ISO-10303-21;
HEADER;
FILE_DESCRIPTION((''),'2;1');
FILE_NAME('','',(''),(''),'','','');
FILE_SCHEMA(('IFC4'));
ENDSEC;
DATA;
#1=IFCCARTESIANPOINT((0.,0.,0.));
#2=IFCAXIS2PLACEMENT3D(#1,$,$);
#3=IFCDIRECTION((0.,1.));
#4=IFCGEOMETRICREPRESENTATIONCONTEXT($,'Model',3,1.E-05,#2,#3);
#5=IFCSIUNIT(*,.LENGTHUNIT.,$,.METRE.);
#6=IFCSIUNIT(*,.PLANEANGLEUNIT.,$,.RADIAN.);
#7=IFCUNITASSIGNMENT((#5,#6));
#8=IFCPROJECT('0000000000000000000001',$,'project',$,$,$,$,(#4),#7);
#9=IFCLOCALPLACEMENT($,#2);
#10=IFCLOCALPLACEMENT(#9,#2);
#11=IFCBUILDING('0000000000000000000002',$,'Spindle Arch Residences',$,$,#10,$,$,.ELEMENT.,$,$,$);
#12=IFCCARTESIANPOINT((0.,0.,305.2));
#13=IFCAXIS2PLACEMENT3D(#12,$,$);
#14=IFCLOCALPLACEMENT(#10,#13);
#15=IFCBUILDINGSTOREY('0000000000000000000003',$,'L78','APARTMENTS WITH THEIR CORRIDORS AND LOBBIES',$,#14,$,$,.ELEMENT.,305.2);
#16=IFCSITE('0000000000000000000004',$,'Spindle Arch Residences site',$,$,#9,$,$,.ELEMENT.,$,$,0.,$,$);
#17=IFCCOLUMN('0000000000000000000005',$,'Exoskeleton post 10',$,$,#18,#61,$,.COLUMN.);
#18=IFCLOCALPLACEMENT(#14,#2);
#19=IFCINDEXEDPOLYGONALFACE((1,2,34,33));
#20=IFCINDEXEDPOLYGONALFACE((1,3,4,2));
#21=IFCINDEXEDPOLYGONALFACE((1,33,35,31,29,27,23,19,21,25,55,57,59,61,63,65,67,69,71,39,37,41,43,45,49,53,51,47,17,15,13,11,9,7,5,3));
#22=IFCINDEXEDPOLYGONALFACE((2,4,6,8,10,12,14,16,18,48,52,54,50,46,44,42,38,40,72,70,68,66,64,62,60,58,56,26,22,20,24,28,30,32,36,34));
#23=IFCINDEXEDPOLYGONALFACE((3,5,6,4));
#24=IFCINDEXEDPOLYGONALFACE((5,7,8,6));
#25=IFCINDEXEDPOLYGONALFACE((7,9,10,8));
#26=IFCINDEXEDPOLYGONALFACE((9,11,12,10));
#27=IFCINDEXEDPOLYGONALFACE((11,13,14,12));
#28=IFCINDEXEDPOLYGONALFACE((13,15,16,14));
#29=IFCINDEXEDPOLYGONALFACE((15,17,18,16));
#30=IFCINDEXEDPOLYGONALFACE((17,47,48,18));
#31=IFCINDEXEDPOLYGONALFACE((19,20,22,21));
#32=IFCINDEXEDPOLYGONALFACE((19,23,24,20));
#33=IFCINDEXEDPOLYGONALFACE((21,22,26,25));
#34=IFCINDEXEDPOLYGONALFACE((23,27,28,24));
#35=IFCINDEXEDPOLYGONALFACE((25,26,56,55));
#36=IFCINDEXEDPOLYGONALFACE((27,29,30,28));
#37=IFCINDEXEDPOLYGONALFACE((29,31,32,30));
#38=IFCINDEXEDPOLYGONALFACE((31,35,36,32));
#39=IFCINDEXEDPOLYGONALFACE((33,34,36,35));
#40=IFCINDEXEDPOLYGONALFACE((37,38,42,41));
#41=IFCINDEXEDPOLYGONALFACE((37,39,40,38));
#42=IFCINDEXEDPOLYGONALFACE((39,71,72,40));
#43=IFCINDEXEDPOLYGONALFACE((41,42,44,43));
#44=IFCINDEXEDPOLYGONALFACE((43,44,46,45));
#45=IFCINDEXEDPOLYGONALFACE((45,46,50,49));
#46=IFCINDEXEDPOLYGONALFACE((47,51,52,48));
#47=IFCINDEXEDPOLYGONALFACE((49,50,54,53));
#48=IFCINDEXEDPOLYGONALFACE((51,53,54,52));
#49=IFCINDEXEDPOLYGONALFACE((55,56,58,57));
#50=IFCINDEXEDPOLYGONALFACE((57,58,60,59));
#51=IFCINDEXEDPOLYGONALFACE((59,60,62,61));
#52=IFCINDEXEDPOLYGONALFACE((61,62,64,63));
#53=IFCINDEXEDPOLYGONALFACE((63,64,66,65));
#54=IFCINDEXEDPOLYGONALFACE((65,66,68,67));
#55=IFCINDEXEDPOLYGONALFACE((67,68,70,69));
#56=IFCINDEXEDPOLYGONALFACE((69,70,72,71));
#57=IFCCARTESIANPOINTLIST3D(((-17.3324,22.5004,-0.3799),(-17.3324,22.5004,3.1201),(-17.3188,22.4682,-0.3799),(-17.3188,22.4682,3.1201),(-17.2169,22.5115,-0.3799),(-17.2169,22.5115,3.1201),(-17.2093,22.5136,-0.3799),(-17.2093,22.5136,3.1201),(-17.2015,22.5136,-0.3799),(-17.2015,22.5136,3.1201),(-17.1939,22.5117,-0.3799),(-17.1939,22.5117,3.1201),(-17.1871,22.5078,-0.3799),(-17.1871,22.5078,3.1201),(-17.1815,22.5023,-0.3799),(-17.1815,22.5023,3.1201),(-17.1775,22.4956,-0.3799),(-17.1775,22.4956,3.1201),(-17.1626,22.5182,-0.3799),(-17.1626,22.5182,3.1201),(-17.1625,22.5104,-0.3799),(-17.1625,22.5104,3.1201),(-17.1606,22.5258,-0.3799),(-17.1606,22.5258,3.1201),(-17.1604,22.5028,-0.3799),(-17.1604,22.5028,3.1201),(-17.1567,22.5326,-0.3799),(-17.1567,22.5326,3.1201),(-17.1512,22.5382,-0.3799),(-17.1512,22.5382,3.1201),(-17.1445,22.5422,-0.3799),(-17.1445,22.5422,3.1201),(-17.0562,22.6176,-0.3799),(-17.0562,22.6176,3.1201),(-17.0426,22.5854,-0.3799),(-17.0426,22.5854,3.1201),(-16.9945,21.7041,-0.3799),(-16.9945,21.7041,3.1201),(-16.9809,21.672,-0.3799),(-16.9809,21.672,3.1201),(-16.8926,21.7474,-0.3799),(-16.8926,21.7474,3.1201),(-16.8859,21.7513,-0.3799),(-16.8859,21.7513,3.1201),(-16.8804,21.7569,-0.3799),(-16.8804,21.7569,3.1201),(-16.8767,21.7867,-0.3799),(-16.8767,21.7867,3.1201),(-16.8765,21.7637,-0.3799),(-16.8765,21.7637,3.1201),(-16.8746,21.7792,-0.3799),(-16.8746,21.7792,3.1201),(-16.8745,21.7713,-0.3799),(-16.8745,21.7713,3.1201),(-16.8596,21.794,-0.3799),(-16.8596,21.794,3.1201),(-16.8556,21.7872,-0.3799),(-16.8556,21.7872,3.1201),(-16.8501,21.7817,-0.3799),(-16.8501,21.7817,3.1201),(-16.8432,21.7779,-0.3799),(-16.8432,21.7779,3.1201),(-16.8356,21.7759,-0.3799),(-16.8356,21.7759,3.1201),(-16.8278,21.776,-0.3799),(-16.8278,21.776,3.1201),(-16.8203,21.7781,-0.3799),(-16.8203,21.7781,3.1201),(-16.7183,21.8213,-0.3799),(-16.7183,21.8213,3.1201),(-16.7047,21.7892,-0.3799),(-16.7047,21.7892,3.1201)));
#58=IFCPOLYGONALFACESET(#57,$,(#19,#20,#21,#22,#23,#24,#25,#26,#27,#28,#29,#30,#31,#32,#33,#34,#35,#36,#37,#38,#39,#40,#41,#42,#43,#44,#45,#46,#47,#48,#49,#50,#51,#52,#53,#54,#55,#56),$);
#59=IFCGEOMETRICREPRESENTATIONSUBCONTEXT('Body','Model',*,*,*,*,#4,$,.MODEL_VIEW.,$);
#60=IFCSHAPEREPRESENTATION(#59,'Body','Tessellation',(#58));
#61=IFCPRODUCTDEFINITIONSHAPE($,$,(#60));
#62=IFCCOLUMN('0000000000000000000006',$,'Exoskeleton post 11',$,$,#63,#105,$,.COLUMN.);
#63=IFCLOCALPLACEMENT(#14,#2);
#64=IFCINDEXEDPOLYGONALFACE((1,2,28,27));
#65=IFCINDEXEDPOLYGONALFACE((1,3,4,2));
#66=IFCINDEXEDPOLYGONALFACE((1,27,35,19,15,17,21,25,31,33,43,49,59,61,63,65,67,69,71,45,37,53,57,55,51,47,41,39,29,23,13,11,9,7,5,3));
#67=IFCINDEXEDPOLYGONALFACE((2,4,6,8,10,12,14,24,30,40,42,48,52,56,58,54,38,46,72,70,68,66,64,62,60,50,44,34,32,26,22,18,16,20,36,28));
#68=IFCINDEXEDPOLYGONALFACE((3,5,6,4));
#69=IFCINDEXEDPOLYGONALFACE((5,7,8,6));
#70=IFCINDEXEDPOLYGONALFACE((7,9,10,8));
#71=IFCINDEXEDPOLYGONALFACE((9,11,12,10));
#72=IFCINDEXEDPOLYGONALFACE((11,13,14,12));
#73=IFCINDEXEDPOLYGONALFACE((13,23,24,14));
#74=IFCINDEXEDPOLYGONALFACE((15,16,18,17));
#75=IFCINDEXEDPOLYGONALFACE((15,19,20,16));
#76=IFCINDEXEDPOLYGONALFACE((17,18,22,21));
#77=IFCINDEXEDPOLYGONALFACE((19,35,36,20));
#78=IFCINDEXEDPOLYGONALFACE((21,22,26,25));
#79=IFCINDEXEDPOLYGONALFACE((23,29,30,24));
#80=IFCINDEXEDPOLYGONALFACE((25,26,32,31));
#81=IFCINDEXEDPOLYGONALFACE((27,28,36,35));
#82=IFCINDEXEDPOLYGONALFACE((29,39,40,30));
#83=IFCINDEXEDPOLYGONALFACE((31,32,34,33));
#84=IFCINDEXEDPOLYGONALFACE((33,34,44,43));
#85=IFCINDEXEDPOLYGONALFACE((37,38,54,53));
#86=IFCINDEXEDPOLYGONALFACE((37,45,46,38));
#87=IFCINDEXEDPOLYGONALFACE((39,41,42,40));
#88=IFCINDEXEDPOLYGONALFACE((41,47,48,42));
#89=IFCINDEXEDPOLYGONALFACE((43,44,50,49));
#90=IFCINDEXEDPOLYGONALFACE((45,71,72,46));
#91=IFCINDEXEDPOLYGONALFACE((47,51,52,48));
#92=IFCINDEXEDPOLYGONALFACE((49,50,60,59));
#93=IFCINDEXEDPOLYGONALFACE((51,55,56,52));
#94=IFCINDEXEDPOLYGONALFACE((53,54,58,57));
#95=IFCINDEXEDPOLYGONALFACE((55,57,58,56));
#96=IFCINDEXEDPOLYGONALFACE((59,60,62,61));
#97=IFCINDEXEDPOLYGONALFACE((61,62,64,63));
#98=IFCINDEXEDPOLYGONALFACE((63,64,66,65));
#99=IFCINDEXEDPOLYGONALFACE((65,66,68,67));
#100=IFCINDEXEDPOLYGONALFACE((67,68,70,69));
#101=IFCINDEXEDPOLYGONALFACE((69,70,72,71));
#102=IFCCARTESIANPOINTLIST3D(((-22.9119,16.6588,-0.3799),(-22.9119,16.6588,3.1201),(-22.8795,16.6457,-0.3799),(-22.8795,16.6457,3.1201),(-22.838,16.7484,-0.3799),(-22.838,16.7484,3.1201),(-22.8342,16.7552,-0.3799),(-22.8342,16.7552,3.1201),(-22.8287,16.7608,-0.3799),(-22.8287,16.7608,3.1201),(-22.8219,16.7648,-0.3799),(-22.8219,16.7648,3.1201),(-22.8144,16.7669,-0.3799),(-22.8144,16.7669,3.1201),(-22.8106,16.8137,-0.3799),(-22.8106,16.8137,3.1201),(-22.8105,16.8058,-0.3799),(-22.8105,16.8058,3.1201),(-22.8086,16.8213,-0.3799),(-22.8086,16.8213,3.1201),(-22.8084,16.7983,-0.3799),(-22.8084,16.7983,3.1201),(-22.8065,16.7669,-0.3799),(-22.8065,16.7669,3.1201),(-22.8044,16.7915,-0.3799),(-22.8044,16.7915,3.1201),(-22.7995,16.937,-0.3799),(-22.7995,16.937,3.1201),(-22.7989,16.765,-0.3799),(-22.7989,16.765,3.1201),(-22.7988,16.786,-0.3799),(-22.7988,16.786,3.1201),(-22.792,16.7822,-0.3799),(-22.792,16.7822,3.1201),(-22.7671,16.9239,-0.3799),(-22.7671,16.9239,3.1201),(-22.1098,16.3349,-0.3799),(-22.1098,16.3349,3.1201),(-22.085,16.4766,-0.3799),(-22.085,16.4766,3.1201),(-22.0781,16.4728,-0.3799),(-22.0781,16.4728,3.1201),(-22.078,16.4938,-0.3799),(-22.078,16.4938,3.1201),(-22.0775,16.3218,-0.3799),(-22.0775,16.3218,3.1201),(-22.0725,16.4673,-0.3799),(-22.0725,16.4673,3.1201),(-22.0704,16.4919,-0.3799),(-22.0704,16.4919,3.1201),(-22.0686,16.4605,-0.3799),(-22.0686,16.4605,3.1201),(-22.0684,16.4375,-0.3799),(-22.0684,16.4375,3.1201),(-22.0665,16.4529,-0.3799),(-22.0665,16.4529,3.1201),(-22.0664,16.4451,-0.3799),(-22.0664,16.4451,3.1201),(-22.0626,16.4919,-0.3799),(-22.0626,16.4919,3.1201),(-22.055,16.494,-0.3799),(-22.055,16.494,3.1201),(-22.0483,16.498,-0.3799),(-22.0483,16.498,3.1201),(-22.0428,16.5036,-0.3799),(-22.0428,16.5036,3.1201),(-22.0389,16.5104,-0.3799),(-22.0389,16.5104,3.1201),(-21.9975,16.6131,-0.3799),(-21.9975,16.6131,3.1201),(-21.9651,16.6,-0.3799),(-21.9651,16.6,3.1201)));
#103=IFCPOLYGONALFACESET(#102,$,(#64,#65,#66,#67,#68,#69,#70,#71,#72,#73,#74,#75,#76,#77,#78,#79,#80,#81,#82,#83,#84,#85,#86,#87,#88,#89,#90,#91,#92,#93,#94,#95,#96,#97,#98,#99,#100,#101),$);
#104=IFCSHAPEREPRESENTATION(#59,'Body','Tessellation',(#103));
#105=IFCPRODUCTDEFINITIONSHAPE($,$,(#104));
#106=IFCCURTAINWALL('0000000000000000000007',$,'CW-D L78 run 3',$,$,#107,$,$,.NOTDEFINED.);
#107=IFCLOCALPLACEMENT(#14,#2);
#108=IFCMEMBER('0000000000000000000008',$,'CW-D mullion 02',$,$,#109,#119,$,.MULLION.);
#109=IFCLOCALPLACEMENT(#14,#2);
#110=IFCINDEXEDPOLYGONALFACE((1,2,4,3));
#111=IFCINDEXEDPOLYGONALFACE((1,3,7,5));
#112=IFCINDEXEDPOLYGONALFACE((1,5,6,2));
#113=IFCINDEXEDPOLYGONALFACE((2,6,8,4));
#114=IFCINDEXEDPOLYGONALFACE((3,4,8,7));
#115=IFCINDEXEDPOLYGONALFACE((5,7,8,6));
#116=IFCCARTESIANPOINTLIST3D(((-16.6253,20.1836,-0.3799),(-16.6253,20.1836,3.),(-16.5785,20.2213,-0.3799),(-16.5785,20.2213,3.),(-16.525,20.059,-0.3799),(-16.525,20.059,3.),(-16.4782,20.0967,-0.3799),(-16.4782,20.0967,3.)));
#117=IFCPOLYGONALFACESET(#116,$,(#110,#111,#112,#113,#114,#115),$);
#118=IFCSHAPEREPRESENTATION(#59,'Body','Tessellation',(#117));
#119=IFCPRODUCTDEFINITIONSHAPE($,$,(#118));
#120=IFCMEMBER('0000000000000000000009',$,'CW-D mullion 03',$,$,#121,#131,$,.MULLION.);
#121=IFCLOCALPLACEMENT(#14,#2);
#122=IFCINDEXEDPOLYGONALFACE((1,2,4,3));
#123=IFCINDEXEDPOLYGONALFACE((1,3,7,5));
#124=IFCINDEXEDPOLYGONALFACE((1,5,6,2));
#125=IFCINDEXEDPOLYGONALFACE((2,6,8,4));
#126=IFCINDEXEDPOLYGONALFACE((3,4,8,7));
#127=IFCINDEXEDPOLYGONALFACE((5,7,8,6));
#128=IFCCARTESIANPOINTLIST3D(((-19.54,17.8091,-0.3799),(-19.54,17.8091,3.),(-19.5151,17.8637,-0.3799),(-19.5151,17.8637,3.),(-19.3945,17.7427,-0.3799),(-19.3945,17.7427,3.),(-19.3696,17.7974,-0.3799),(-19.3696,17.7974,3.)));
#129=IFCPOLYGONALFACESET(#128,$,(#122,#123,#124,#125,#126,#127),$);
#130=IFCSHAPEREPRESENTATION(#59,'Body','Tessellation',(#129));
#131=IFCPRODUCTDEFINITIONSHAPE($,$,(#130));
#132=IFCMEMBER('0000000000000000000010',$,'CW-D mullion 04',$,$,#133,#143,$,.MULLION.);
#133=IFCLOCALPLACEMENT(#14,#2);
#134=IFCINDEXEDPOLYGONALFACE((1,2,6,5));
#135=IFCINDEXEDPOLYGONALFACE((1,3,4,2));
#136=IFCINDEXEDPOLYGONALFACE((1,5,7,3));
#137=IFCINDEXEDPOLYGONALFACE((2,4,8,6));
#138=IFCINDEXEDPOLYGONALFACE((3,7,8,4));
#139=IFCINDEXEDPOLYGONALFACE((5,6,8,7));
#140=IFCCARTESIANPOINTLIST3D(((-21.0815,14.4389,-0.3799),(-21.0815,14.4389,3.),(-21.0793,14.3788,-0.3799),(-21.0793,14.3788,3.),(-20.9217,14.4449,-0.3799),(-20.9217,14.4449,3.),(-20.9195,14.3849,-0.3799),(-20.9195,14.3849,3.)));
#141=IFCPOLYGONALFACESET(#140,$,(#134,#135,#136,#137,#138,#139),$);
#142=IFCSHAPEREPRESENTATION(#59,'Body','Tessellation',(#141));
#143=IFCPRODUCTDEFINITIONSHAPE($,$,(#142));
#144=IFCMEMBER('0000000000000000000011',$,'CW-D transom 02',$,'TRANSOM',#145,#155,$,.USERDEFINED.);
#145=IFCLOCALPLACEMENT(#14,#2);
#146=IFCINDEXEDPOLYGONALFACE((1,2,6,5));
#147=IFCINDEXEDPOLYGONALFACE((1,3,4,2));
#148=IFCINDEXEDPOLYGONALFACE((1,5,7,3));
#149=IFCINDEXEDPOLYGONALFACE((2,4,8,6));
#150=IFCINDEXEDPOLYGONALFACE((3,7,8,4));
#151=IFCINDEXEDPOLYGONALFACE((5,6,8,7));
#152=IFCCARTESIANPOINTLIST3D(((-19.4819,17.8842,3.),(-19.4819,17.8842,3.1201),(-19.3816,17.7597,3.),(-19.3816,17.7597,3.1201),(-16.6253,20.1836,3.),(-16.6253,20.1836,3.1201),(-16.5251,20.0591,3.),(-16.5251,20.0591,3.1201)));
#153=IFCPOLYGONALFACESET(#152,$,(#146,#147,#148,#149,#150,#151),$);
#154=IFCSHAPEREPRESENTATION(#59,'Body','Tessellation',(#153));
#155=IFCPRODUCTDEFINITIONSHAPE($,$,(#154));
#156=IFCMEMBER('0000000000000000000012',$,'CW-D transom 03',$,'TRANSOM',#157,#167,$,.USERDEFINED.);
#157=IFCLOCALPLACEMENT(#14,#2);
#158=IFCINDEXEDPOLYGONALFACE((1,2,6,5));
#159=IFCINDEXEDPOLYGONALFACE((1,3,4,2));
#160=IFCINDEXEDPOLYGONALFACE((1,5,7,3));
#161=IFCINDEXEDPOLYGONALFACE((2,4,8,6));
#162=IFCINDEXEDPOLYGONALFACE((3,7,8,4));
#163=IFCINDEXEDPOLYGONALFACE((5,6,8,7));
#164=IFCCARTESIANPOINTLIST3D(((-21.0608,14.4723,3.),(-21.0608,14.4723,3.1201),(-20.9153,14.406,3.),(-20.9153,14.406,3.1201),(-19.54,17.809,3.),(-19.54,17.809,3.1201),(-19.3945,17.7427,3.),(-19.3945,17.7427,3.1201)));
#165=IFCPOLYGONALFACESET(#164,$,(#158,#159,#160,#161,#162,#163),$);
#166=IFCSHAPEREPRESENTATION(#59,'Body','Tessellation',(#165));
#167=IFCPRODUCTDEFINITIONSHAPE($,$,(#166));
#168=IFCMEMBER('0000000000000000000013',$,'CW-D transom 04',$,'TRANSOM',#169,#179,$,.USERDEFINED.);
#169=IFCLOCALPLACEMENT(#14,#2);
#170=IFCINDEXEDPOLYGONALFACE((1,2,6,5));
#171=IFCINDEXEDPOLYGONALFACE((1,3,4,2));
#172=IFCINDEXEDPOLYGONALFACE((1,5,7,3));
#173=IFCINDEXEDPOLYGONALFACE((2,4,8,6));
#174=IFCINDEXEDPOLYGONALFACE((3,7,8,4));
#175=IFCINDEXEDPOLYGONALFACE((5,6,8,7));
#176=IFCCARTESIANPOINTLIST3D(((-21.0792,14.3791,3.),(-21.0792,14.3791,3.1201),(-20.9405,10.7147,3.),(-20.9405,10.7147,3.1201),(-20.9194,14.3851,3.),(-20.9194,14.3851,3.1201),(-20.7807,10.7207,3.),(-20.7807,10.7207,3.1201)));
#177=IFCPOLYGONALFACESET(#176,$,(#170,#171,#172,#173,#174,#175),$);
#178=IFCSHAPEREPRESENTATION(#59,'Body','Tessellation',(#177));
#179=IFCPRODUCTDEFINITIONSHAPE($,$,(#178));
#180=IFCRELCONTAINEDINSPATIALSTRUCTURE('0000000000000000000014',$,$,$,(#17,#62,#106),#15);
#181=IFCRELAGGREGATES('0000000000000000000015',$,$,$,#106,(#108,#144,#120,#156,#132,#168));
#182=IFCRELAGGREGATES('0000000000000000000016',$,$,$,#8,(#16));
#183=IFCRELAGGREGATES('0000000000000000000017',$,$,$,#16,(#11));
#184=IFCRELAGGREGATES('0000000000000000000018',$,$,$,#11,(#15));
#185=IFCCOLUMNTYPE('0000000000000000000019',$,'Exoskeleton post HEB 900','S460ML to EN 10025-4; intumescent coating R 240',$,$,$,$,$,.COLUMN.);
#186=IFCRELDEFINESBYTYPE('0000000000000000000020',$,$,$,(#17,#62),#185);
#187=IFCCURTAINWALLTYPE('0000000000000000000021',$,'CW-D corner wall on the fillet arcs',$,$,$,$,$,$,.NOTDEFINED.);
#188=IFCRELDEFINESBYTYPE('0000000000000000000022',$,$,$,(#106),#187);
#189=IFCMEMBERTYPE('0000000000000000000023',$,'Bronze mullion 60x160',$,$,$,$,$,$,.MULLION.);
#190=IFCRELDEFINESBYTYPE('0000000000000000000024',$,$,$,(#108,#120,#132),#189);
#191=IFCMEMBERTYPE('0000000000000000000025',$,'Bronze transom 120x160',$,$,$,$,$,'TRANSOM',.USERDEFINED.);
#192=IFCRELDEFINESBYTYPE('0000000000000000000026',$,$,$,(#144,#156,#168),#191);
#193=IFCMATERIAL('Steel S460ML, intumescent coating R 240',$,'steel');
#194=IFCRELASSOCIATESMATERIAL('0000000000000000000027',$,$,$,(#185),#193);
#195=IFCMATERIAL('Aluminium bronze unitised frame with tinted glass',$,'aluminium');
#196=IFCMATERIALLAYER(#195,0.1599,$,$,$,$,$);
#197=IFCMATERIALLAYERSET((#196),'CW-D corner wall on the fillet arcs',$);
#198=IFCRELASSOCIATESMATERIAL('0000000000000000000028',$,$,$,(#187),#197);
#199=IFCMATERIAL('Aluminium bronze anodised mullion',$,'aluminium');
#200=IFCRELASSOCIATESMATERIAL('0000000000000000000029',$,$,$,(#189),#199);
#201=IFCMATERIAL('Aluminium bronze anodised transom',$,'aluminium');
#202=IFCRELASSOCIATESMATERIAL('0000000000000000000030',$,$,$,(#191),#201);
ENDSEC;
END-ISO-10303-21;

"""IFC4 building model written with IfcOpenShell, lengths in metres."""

from ifc_helpers import new_model, si_unit, direction, frame, origin, origin_2d, place, context, subcontext, project, spatial, rectangle, i_section, extrude, material, layer, layer_set, material_profile, profile_set, type_object, element, aggregate, save


model = new_model("IFC4")

# Units and contexts
model_context = context("Model", 3, precision=1e-05, world=origin(), true_north=direction((0.0, 1.0)))
body_context = subcontext(model_context, "Body", "Model", "MODEL_VIEW")
ifc_project = project(units=[si_unit("LENGTHUNIT", "METRE"), si_unit("PLANEANGLEUNIT", "RADIAN")], contexts=[model_context])

# Site, building, storey
site_placement = place(None, origin())
site = spatial("IfcSite", under=ifc_project, at=site_placement, Name="Spindle Arch Residences site", CompositionType="ELEMENT", RefElevation=0.0)
building_placement = place(site_placement, origin())
building = spatial("IfcBuilding", under=site, at=building_placement, Name="Spindle Arch Residences", CompositionType="ELEMENT")
storey_placement = place(building_placement, frame((0.0, 0.0, 305.2)))
storey = spatial("IfcBuildingStorey", under=building, at=storey_placement, Name="L78", Description="APARTMENTS WITH THEIR CORRIDORS AND LOBBIES", CompositionType="ELEMENT", Elevation=305.2)

# Columns
ifc_material_1 = material(Name="Steel S460ML, intumescent coating R 240", Category="steel")
ifc_material_profile_1 = material_profile(ifc_material_1, i_section(OverallWidth=0.3, OverallDepth=0.8999, WebThickness=0.0186, FlangeThickness=0.0349, FilletRadius=0.03, at=origin_2d()), Name="HEB 900")
ifc_profile_set_1 = profile_set([ifc_material_profile_1], Name="Steel S460ML, intumescent coating R 240")
column_type = type_object("IfcColumnType", Name="Exoskeleton post HEB 900", Description="S460ML to EN 10025-4; intumescent coating R 240", PredefinedType="COLUMN", material=ifc_profile_set_1)
for number, where, z_axis, x_axis, name in (
    (1, (-17.0186, 22.1448, -0.3799), (0.0, 0.0, 1.0), (0.920554, 0.390614, 0.0), "Exoskeleton post 10"),
    (2, (-22.4385, 16.6294, -0.3799), (0.0, 0.0, 1.0), (0.374489, 0.927231, 0.0), "Exoskeleton post 11"),
):
    element("IfcColumn", number, at=place(storey_placement, frame(where, z_axis=z_axis, x_axis=x_axis)), inside=storey, type_object=column_type, Name=name, PredefinedType="COLUMN", context=body_context, shape_type="SweptSolid", body=[
        extrude(i_section(OverallWidth=0.3, OverallDepth=0.8999, WebThickness=0.0186, FlangeThickness=0.0349, FilletRadius=0.03, at=origin_2d()), origin(), (0.0, 0.0, 1.0), 3.5),
    ])

# Curtain wall, members
ifc_material_2 = material(Name="Aluminium bronze unitised frame with tinted glass", Category="aluminium")
ifc_layer_1 = layer(ifc_material_2, 0.1599)
ifc_layer_set_1 = layer_set([ifc_layer_1], Name="CW-D corner wall on the fillet arcs")
curtain_wall_type = type_object("IfcCurtainWallType", Name="CW-D corner wall on the fillet arcs", PredefinedType="NOTDEFINED", material=ifc_layer_set_1)
curtain_wall_placement = place(storey_placement, origin())
curtain_wall = element("IfcCurtainWall", 3, at=curtain_wall_placement, inside=storey, type_object=curtain_wall_type, Name="CW-D L78 run 3", PredefinedType="NOTDEFINED")
ifc_material_3 = material(Name="Aluminium bronze anodised mullion", Category="aluminium")
ifc_material_profile_2 = material_profile(ifc_material_3, rectangle(XDim=0.1599, YDim=0.0601, at=origin_2d()), Name="MU 60x160")
ifc_profile_set_2 = profile_set([ifc_material_profile_2], Name="Aluminium bronze anodised mullion")
member_type_1 = type_object("IfcMemberType", Name="Bronze mullion 60x160", PredefinedType="MULLION", material=ifc_profile_set_2)
member_1_placement = place(storey_placement, frame((-16.5518, 20.1401, -0.3799), z_axis=(0.0, 0.0, 1.0), x_axis=(0.627057, -0.778973, 0.0)))
member_1 = element("IfcMember", 4, at=member_1_placement, type_object=member_type_1, Name="CW-D mullion 02", PredefinedType="MULLION", context=body_context, shape_type="SweptSolid", body=[
    extrude(rectangle(XDim=0.1599, YDim=0.0601, at=origin_2d()), origin(), (0.0, 0.0, 1.0), 3.3799),
])
member_2_placement = place(storey_placement, frame((-19.4548, 17.8032, -0.3799), z_axis=(0.0, 0.0, 1.0), x_axis=(0.909961, -0.414693, 0.0)))
member_2 = element("IfcMember", 5, at=member_2_placement, type_object=member_type_1, Name="CW-D mullion 03", PredefinedType="MULLION", context=body_context, shape_type="SweptSolid", body=[
    extrude(rectangle(XDim=0.1599, YDim=0.0601, at=origin_2d()), origin(), (0.0, 0.0, 1.0), 3.3799),
])
member_3_placement = place(storey_placement, frame((-21.0005, 14.4119, -0.3799), z_axis=(0.0, 0.0, 1.0), x_axis=(0.999285, 0.037806, 0.0)))
member_3 = element("IfcMember", 6, at=member_3_placement, type_object=member_type_1, Name="CW-D mullion 04", PredefinedType="MULLION", context=body_context, shape_type="SweptSolid", body=[
    extrude(rectangle(XDim=0.1599, YDim=0.0601, at=origin_2d()), origin(), (0.0, 0.0, 1.0), 3.3799),
])
ifc_material_4 = material(Name="Aluminium bronze anodised transom", Category="aluminium")
ifc_material_profile_3 = material_profile(ifc_material_4, rectangle(XDim=0.1599, YDim=0.1201, at=origin_2d()), Name="TR 120x160")
ifc_profile_set_3 = profile_set([ifc_material_profile_3], Name="Aluminium bronze anodised transom")
member_type_2 = type_object("IfcMemberType", Name="Bronze transom 120x160", ElementType="TRANSOM", PredefinedType="USERDEFINED", material=ifc_profile_set_3)
member_4_placement = place(storey_placement, frame((-16.5752, 20.1213, 3.0601), z_axis=(-0.778982, -0.627047, 0.0), x_axis=(0.627047, -0.778982, 0.0)))
member_4 = element("IfcMember", 7, at=member_4_placement, type_object=member_type_2, Name="CW-D transom 02", ObjectType="TRANSOM", PredefinedType="USERDEFINED", context=body_context, shape_type="SweptSolid", body=[
    extrude(rectangle(XDim=0.1599, YDim=0.1201, at=origin_2d()), origin(), (0.0, 0.0, 1.0), 3.667),
])
member_5_placement = place(storey_placement, frame((-19.4673, 17.7759, 3.0601), z_axis=(-0.414726, -0.909946, 0.0), x_axis=(0.909946, -0.414726, 0.0)))
member_5 = element("IfcMember", 8, at=member_5_placement, type_object=member_type_2, Name="CW-D transom 03", ObjectType="TRANSOM", PredefinedType="USERDEFINED", context=body_context, shape_type="SweptSolid", body=[
    extrude(rectangle(XDim=0.1599, YDim=0.1201, at=origin_2d()), origin(), (0.0, 0.0, 1.0), 3.667),
])
member_6_placement = place(storey_placement, frame((-20.9993, 14.3821, 3.0601), z_axis=(0.037817, -0.999285, 0.0), x_axis=(0.999285, 0.037817, 0.0)))
member_6 = element("IfcMember", 9, at=member_6_placement, type_object=member_type_2, Name="CW-D transom 04", ObjectType="TRANSOM", PredefinedType="USERDEFINED", context=body_context, shape_type="SweptSolid", body=[
    extrude(rectangle(XDim=0.1599, YDim=0.1201, at=origin_2d()), origin(), (0.0, 0.0, 1.0), 3.667),
])

aggregate(curtain_wall, [member_1, member_4, member_2, member_5, member_3, member_6])

save(model, "model.ifc")
